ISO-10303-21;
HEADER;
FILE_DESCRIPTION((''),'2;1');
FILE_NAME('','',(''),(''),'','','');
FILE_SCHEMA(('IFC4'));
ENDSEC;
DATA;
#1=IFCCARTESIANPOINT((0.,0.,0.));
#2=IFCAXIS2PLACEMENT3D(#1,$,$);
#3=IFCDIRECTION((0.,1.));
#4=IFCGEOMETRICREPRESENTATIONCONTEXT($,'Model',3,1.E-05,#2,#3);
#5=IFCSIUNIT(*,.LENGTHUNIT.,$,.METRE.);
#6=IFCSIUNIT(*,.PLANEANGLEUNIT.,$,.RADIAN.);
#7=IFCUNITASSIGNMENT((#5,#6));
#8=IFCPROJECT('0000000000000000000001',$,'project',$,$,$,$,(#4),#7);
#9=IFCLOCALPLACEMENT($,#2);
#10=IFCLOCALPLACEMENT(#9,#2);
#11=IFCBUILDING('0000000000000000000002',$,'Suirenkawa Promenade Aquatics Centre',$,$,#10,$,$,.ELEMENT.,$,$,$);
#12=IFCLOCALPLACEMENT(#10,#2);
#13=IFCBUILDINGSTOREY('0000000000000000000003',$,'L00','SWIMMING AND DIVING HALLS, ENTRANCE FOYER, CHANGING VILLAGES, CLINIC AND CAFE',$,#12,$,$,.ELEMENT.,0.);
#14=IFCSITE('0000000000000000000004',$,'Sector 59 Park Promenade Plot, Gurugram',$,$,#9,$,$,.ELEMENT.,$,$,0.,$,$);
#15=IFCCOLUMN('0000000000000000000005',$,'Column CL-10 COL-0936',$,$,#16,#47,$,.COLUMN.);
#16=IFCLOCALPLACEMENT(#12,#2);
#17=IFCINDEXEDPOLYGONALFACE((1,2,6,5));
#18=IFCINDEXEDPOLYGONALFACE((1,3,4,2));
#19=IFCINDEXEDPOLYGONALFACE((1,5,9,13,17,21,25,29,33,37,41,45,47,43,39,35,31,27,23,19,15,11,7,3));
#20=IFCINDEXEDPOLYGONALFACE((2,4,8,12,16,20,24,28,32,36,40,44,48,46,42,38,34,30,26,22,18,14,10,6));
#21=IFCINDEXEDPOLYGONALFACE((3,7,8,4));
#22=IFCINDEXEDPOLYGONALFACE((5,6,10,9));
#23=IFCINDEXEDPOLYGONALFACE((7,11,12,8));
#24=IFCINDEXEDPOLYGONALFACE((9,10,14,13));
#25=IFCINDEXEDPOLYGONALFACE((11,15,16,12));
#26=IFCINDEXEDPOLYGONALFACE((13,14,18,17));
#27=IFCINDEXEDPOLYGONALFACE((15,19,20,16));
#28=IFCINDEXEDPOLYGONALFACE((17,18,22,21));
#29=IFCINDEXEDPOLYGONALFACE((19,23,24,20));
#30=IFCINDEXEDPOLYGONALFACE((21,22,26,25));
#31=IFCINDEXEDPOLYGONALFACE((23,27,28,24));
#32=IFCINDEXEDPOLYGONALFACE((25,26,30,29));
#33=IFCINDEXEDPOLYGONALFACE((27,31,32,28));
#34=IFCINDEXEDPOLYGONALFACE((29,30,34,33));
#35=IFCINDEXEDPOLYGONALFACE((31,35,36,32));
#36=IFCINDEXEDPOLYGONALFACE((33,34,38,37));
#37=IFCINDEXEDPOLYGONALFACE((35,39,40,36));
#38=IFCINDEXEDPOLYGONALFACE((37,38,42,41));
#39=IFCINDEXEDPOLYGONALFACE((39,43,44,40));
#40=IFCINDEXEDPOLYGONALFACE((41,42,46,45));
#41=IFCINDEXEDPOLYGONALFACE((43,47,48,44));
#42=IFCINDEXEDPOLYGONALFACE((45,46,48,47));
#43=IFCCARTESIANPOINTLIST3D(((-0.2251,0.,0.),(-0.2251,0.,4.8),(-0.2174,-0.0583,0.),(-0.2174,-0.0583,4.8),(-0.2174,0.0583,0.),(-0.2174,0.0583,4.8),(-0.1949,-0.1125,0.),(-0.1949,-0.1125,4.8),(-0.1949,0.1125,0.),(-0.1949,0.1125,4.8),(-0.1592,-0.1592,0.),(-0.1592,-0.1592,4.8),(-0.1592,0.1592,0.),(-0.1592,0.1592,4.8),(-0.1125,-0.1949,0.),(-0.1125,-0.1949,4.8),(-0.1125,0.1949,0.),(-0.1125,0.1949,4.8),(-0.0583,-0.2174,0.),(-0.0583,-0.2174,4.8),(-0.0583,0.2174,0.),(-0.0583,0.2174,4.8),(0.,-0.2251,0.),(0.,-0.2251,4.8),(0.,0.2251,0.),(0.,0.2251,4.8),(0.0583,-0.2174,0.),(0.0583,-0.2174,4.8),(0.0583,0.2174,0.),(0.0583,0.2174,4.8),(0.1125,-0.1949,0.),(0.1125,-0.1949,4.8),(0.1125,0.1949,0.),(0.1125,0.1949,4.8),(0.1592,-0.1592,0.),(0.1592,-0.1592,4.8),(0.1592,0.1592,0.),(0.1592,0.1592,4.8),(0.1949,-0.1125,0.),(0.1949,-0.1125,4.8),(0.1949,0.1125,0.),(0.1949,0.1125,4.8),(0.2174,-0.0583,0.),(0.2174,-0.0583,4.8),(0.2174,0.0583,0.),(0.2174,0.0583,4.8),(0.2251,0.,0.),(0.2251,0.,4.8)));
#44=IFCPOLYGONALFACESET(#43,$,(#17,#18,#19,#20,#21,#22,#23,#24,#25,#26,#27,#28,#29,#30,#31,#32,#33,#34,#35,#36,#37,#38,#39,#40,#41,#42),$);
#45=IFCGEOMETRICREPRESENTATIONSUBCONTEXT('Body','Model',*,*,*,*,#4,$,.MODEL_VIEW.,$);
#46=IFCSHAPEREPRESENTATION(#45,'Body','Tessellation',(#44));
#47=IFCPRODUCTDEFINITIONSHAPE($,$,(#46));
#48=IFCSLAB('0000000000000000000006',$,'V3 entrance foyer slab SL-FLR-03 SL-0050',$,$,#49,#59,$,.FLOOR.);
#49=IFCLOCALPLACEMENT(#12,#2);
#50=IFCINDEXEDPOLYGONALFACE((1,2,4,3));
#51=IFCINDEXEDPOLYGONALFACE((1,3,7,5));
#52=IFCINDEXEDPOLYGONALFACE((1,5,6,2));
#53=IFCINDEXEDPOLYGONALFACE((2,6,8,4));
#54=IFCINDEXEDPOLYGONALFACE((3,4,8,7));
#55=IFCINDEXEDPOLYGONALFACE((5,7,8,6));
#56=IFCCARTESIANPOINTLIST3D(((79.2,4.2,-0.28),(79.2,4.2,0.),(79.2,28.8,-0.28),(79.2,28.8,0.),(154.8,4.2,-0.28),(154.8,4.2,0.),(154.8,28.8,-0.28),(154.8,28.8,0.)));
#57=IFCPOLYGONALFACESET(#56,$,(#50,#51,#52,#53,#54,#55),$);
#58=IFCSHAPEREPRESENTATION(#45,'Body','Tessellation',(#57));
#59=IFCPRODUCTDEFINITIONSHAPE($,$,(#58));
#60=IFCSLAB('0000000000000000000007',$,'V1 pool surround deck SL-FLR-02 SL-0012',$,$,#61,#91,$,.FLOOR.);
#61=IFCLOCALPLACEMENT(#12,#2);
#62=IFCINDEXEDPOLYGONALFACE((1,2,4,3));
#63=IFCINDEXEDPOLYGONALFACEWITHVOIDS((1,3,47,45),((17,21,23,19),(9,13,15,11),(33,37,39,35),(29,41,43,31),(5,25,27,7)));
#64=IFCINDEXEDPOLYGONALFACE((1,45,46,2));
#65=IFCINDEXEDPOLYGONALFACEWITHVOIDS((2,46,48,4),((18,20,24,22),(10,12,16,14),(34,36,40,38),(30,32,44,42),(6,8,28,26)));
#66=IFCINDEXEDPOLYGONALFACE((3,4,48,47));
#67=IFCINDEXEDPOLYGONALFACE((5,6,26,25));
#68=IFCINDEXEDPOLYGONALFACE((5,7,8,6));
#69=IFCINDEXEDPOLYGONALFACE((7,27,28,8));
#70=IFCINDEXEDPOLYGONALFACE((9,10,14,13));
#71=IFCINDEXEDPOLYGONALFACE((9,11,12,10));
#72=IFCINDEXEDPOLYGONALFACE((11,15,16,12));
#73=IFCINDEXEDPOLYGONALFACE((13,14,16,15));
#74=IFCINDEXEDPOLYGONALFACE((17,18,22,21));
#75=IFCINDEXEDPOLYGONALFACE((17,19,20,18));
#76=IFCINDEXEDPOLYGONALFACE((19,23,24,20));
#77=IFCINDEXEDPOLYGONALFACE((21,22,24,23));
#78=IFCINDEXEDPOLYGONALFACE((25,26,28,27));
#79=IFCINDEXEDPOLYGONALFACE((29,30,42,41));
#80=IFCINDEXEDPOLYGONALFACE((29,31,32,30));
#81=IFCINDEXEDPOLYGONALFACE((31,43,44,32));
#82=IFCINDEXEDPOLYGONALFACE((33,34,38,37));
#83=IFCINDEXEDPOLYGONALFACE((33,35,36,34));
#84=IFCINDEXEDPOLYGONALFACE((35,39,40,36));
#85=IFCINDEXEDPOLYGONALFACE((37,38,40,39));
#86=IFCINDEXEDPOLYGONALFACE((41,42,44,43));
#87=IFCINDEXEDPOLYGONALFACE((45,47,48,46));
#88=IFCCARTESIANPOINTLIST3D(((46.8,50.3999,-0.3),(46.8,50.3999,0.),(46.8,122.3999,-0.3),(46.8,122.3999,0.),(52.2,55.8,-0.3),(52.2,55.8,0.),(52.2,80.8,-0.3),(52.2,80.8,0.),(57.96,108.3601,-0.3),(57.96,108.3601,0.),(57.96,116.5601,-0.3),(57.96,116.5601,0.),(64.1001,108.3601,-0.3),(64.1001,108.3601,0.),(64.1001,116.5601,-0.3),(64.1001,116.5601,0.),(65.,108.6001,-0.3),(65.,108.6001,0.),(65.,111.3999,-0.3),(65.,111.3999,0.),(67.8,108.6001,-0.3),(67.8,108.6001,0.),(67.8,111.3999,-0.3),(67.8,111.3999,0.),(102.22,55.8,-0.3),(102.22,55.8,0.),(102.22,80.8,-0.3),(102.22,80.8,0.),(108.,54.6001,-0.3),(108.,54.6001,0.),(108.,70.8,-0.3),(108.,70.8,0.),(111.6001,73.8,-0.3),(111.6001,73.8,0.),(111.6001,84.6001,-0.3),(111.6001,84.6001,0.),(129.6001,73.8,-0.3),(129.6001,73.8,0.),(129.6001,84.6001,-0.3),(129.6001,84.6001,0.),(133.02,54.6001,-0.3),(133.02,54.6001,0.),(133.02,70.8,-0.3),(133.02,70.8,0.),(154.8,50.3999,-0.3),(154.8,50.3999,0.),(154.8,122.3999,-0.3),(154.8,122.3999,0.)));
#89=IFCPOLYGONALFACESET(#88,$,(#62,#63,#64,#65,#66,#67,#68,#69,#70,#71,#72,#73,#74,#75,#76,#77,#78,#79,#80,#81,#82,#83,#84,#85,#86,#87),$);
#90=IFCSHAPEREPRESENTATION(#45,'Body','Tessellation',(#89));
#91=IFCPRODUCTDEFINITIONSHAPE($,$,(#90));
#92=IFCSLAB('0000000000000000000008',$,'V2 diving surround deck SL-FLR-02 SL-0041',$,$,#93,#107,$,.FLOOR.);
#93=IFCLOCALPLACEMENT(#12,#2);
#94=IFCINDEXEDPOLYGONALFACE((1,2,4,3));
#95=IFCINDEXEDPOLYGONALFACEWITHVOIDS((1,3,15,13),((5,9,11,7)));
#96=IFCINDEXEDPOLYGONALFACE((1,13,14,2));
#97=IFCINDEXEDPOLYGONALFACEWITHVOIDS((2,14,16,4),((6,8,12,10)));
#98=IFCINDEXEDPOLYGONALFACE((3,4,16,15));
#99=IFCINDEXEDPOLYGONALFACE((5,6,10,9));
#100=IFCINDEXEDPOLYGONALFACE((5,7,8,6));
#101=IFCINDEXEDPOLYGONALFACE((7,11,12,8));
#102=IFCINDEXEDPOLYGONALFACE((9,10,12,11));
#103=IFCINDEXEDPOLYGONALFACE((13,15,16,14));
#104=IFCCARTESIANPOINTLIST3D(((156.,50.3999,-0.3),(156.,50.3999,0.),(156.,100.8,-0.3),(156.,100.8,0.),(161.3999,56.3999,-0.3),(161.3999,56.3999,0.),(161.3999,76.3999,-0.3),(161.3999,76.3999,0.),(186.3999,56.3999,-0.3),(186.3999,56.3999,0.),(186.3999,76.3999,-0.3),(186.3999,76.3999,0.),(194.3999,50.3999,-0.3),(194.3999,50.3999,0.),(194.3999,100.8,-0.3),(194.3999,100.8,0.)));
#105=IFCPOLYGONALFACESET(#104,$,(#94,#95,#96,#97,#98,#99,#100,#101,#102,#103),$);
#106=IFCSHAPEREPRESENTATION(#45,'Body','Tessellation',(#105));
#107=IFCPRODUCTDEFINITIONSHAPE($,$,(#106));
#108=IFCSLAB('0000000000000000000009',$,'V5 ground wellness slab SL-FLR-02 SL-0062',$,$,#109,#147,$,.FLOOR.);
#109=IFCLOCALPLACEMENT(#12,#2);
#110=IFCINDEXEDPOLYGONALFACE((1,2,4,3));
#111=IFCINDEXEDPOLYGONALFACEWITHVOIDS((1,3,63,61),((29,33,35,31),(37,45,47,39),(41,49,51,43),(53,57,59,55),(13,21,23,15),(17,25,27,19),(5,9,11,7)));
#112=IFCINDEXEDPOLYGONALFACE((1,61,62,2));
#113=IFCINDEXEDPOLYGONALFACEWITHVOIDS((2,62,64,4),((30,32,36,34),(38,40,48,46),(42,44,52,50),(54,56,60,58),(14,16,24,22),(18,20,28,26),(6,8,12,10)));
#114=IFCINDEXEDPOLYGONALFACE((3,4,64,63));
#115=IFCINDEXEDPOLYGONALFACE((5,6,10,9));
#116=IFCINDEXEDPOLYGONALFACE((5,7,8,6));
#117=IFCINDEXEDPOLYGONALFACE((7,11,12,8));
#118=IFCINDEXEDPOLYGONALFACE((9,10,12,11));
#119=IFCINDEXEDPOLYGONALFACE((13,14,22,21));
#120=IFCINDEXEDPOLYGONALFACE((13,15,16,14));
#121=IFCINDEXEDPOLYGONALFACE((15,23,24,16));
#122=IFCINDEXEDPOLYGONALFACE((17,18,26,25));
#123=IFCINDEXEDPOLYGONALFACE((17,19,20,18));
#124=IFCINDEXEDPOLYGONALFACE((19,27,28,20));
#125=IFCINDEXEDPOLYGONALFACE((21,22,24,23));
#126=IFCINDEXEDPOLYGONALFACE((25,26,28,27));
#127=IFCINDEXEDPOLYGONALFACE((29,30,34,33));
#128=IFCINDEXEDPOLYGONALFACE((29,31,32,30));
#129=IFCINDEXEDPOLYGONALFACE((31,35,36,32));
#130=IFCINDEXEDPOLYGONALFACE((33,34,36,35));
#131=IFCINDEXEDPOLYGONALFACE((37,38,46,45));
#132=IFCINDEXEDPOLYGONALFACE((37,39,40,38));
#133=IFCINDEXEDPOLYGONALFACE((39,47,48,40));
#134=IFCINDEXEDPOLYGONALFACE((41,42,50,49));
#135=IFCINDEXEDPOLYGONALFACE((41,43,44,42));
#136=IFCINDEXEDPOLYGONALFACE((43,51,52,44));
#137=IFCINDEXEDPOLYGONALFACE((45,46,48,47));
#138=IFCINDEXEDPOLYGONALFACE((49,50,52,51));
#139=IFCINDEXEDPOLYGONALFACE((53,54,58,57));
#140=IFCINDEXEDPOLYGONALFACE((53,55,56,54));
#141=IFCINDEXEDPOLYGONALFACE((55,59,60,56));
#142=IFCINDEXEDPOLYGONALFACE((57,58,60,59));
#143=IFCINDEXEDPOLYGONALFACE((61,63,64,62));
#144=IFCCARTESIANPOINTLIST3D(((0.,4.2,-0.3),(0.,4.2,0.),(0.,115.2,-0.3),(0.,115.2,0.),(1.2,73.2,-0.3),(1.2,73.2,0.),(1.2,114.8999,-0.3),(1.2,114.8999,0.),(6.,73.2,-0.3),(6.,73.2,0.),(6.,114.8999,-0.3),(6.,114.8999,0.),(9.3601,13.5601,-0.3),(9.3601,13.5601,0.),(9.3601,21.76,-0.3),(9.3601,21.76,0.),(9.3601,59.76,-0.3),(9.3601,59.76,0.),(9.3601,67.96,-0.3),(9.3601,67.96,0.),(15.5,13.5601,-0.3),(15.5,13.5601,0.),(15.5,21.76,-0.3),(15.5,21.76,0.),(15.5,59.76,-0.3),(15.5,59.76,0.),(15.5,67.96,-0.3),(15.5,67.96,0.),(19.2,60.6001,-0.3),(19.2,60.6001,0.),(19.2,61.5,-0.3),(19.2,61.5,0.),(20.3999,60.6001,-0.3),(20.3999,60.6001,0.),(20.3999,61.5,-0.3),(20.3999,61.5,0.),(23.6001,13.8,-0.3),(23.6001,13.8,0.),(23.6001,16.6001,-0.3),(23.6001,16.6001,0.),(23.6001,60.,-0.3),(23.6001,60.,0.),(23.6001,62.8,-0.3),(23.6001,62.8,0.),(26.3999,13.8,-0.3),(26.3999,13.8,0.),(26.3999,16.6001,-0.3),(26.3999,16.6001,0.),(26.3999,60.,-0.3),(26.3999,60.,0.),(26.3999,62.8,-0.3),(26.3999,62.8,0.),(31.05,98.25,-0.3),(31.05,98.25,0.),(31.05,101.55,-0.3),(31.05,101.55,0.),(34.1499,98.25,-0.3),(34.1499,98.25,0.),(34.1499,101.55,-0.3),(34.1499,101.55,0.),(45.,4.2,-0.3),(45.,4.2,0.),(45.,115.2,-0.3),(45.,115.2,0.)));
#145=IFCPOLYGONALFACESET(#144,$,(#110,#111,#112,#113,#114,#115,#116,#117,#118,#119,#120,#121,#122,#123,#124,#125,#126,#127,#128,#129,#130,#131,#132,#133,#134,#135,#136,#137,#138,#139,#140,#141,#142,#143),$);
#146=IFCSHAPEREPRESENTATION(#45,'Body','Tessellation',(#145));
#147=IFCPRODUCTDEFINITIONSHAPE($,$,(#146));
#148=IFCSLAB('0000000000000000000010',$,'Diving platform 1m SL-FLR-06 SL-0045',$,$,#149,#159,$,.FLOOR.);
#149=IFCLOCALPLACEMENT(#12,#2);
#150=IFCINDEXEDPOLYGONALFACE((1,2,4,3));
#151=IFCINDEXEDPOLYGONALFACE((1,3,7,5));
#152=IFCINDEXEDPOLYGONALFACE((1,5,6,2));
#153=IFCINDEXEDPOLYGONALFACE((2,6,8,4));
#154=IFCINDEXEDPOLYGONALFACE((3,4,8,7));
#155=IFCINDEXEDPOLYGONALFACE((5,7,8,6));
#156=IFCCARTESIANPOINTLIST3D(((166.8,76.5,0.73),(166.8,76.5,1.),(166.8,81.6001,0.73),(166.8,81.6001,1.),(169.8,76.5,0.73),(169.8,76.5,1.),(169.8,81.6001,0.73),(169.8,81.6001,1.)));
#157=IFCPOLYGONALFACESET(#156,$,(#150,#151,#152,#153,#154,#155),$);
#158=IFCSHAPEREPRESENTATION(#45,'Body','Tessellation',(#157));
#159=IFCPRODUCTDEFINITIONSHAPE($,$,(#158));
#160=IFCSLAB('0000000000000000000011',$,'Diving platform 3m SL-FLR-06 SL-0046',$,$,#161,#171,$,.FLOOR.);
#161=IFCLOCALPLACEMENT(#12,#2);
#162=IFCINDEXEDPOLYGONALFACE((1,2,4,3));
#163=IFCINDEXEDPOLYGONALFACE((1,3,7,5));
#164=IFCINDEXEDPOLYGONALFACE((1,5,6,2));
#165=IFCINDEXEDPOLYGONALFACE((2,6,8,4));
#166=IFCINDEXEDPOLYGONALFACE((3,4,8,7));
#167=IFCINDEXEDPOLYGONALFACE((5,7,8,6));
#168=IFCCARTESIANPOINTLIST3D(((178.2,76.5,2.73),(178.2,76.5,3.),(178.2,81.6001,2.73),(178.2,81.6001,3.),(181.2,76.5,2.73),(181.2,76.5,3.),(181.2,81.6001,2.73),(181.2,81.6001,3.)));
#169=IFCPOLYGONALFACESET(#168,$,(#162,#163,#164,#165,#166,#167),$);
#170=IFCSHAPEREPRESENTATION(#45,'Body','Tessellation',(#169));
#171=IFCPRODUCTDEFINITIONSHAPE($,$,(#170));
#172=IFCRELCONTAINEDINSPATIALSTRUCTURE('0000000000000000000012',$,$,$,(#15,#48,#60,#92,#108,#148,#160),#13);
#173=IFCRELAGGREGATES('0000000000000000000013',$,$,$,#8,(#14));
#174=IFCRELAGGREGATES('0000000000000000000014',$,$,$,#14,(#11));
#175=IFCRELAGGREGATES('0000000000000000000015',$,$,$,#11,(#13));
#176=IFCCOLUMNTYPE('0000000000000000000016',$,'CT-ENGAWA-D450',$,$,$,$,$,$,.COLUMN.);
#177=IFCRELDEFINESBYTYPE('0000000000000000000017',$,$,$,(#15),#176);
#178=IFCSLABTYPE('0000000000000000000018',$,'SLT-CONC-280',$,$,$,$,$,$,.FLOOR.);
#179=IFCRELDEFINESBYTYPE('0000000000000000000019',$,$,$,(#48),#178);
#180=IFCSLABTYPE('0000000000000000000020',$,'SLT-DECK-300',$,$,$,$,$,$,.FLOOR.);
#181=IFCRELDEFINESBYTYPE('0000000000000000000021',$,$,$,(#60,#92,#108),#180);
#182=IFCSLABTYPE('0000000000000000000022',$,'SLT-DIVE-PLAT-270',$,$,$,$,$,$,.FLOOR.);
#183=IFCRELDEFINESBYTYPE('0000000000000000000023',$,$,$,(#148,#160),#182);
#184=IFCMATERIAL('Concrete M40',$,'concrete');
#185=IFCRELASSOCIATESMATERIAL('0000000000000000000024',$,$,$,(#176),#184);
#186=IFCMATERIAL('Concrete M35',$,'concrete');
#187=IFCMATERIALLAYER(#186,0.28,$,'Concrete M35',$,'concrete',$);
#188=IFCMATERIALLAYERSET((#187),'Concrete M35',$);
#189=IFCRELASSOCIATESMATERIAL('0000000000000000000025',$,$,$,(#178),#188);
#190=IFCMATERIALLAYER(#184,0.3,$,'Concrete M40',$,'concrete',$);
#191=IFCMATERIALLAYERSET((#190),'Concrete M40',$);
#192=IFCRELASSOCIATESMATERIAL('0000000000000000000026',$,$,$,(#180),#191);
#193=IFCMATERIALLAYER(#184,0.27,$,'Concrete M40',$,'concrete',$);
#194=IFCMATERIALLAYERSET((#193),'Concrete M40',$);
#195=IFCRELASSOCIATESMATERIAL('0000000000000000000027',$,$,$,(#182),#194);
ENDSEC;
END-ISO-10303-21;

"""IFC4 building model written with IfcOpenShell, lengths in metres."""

from ifc_helpers import new_model, si_unit, direction, frame, origin, origin_with_axes, origin_2d, place, context, subcontext, project, spatial, polyline, circle, outline, extrude, material, layer, layer_set, material_profile, profile_set, type_object, element, save


model = new_model("IFC4")

# Units and contexts
model_context = context("Model", 3, precision=1e-05, world=origin(), true_north=direction((0.0, 1.0)))
body_context = subcontext(model_context, "Body", "Model", "MODEL_VIEW")
ifc_project = project(units=[si_unit("LENGTHUNIT", "METRE"), si_unit("PLANEANGLEUNIT", "RADIAN")], contexts=[model_context])

# Site, building, storey
site_placement = place(None, origin())
site = spatial("IfcSite", under=ifc_project, at=site_placement, Name="Sector 59 Park Promenade Plot, Gurugram", CompositionType="ELEMENT", RefElevation=0.0)
building_placement = place(site_placement, origin())
building = spatial("IfcBuilding", under=site, at=building_placement, Name="Suirenkawa Promenade Aquatics Centre", CompositionType="ELEMENT")
storey_placement = place(building_placement, origin())
storey = spatial("IfcBuildingStorey", under=building, at=storey_placement, Name="L00", Description="SWIMMING AND DIVING HALLS, ENTRANCE FOYER, CHANGING VILLAGES, CLINIC AND CAFE", CompositionType="ELEMENT", Elevation=0.0)

# Column
ifc_material_1 = material(Name="Concrete M40", Category="concrete")
ifc_material_profile = material_profile(ifc_material_1, circle(Radius=0.2251, at=origin_2d()), Name="RC ENGAWA D450", Category="concrete")
ifc_profile_set = profile_set([ifc_material_profile], Name="Concrete M40")
column_type = type_object("IfcColumnType", Name="CT-ENGAWA-D450", PredefinedType="COLUMN", material=ifc_profile_set)
column_placement = place(storey_placement, origin_with_axes())
element("IfcColumn", 1, at=column_placement, inside=storey, type_object=column_type, Name="Column CL-10 COL-0936", PredefinedType="COLUMN", context=body_context, shape_type="SweptSolid", body=[
    extrude(circle(Radius=0.2251, at=origin_2d()), origin(), (0.0, 0.0, 1.0), 4.8),
])

# Slabs
ifc_material_2 = material(Name="Concrete M35", Category="concrete")
ifc_layer_1 = layer(ifc_material_2, 0.28, Name="Concrete M35", Category="concrete")
ifc_layer_set_1 = layer_set([ifc_layer_1], Name="Concrete M35")
slab_type_1 = type_object("IfcSlabType", Name="SLT-CONC-280", PredefinedType="FLOOR", material=ifc_layer_set_1)
slab_1_placement = place(storey_placement, frame((0.0, 0.0, -0.28)))
element("IfcSlab", 2, at=slab_1_placement, inside=storey, type_object=slab_type_1, Name="V3 entrance foyer slab SL-FLR-03 SL-0050", PredefinedType="FLOOR", context=body_context, shape_type="SweptSolid", body=[
    extrude(outline(polyline([(79.2, 4.2), (154.8, 4.2), (154.8, 28.8), (79.2, 28.8), (79.2, 4.2)])), origin(), (0.0, 0.0, 1.0), 0.28),
])
ifc_layer_2 = layer(ifc_material_1, 0.3, Name="Concrete M40", Category="concrete")
ifc_layer_set_2 = layer_set([ifc_layer_2], Name="Concrete M40")
slab_type_2 = type_object("IfcSlabType", Name="SLT-DECK-300", PredefinedType="FLOOR", material=ifc_layer_set_2)
slab_2_placement = place(storey_placement, frame((0.0, 0.0, -0.3)))
element("IfcSlab", 3, at=slab_2_placement, inside=storey, type_object=slab_type_2, Name="V1 pool surround deck SL-FLR-02 SL-0012", PredefinedType="FLOOR", context=body_context, shape_type="SweptSolid", body=[
    extrude(outline(polyline([(46.8, 50.3999), (154.8, 50.3999), (154.8, 122.3999), (46.8, 122.3999), (46.8, 50.3999)]), holes=[polyline([(52.2, 55.8), (102.22, 55.8), (102.22, 80.8), (52.2, 80.8), (52.2, 55.8)]), polyline([(108.0, 54.6001), (133.02, 54.6001), (133.02, 70.8), (108.0, 70.8), (108.0, 54.6001)]), polyline([(111.6001, 73.8), (129.6001, 73.8), (129.6001, 84.6001), (111.6001, 84.6001), (111.6001, 73.8)]), polyline([(57.96, 108.3601), (64.1001, 108.3601), (64.1001, 116.5601), (57.96, 116.5601), (57.96, 108.3601)]), polyline([(65.0, 108.6001), (67.8, 108.6001), (67.8, 111.3999), (65.0, 111.3999), (65.0, 108.6001)])]), origin(), (0.0, 0.0, 1.0), 0.3),
])
slab_3_placement = place(storey_placement, frame((0.0, 0.0, -0.3)))
element("IfcSlab", 4, at=slab_3_placement, inside=storey, type_object=slab_type_2, Name="V2 diving surround deck SL-FLR-02 SL-0041", PredefinedType="FLOOR", context=body_context, shape_type="SweptSolid", body=[
    extrude(outline(polyline([(156.0, 50.3999), (194.3999, 50.3999), (194.3999, 100.8), (156.0, 100.8), (156.0, 50.3999)]), holes=[polyline([(161.3999, 56.3999), (186.3999, 56.3999), (186.3999, 76.3999), (161.3999, 76.3999), (161.3999, 56.3999)])]), origin(), (0.0, 0.0, 1.0), 0.3),
])
slab_4_placement = place(storey_placement, frame((0.0, 0.0, -0.3)))
element("IfcSlab", 5, at=slab_4_placement, inside=storey, type_object=slab_type_2, Name="V5 ground wellness slab SL-FLR-02 SL-0062", PredefinedType="FLOOR", context=body_context, shape_type="SweptSolid", body=[
    extrude(outline(polyline([(0.0, 4.2), (45.0, 4.2), (45.0, 115.2), (0.0, 115.2), (0.0, 4.2)]), holes=[polyline([(1.2, 73.2), (6.0, 73.2), (6.0, 114.8999), (1.2, 114.8999), (1.2, 73.2)]), polyline([(9.3601, 13.5601), (15.5, 13.5601), (15.5, 21.76), (9.3601, 21.76), (9.3601, 13.5601)]), polyline([(23.6001, 13.8), (26.3999, 13.8), (26.3999, 16.6001), (23.6001, 16.6001), (23.6001, 13.8)]), polyline([(9.3601, 59.76), (15.5, 59.76), (15.5, 67.96), (9.3601, 67.96), (9.3601, 59.76)]), polyline([(23.6001, 60.0), (26.3999, 60.0), (26.3999, 62.8), (23.6001, 62.8), (23.6001, 60.0)]), polyline([(19.2, 60.6001), (20.3999, 60.6001), (20.3999, 61.5), (19.2, 61.5), (19.2, 60.6001)]), polyline([(31.05, 98.25), (34.1499, 98.25), (34.1499, 101.55), (31.05, 101.55), (31.05, 98.25)])]), origin(), (0.0, 0.0, 1.0), 0.3),
])
ifc_layer_3 = layer(ifc_material_1, 0.27, Name="Concrete M40", Category="concrete")
ifc_layer_set_3 = layer_set([ifc_layer_3], Name="Concrete M40")
slab_type_3 = type_object("IfcSlabType", Name="SLT-DIVE-PLAT-270", PredefinedType="FLOOR", material=ifc_layer_set_3)
slab_5_placement = place(storey_placement, frame((0.0, 0.0, 0.73)))
element("IfcSlab", 6, at=slab_5_placement, inside=storey, type_object=slab_type_3, Name="Diving platform 1m SL-FLR-06 SL-0045", PredefinedType="FLOOR", context=body_context, shape_type="SweptSolid", body=[
    extrude(outline(polyline([(166.8, 76.5), (169.8, 76.5), (169.8, 81.6001), (166.8, 81.6001), (166.8, 76.5)])), origin(), (0.0, 0.0, 1.0), 0.27),
])
slab_6_placement = place(storey_placement, frame((0.0, 0.0, 2.73)))
element("IfcSlab", 7, at=slab_6_placement, inside=storey, type_object=slab_type_3, Name="Diving platform 3m SL-FLR-06 SL-0046", PredefinedType="FLOOR", context=body_context, shape_type="SweptSolid", body=[
    extrude(outline(polyline([(178.2, 76.5), (181.2, 76.5), (181.2, 81.6001), (178.2, 81.6001), (178.2, 76.5)])), origin(), (0.0, 0.0, 1.0), 0.27),
])

save(model, "model.ifc")
